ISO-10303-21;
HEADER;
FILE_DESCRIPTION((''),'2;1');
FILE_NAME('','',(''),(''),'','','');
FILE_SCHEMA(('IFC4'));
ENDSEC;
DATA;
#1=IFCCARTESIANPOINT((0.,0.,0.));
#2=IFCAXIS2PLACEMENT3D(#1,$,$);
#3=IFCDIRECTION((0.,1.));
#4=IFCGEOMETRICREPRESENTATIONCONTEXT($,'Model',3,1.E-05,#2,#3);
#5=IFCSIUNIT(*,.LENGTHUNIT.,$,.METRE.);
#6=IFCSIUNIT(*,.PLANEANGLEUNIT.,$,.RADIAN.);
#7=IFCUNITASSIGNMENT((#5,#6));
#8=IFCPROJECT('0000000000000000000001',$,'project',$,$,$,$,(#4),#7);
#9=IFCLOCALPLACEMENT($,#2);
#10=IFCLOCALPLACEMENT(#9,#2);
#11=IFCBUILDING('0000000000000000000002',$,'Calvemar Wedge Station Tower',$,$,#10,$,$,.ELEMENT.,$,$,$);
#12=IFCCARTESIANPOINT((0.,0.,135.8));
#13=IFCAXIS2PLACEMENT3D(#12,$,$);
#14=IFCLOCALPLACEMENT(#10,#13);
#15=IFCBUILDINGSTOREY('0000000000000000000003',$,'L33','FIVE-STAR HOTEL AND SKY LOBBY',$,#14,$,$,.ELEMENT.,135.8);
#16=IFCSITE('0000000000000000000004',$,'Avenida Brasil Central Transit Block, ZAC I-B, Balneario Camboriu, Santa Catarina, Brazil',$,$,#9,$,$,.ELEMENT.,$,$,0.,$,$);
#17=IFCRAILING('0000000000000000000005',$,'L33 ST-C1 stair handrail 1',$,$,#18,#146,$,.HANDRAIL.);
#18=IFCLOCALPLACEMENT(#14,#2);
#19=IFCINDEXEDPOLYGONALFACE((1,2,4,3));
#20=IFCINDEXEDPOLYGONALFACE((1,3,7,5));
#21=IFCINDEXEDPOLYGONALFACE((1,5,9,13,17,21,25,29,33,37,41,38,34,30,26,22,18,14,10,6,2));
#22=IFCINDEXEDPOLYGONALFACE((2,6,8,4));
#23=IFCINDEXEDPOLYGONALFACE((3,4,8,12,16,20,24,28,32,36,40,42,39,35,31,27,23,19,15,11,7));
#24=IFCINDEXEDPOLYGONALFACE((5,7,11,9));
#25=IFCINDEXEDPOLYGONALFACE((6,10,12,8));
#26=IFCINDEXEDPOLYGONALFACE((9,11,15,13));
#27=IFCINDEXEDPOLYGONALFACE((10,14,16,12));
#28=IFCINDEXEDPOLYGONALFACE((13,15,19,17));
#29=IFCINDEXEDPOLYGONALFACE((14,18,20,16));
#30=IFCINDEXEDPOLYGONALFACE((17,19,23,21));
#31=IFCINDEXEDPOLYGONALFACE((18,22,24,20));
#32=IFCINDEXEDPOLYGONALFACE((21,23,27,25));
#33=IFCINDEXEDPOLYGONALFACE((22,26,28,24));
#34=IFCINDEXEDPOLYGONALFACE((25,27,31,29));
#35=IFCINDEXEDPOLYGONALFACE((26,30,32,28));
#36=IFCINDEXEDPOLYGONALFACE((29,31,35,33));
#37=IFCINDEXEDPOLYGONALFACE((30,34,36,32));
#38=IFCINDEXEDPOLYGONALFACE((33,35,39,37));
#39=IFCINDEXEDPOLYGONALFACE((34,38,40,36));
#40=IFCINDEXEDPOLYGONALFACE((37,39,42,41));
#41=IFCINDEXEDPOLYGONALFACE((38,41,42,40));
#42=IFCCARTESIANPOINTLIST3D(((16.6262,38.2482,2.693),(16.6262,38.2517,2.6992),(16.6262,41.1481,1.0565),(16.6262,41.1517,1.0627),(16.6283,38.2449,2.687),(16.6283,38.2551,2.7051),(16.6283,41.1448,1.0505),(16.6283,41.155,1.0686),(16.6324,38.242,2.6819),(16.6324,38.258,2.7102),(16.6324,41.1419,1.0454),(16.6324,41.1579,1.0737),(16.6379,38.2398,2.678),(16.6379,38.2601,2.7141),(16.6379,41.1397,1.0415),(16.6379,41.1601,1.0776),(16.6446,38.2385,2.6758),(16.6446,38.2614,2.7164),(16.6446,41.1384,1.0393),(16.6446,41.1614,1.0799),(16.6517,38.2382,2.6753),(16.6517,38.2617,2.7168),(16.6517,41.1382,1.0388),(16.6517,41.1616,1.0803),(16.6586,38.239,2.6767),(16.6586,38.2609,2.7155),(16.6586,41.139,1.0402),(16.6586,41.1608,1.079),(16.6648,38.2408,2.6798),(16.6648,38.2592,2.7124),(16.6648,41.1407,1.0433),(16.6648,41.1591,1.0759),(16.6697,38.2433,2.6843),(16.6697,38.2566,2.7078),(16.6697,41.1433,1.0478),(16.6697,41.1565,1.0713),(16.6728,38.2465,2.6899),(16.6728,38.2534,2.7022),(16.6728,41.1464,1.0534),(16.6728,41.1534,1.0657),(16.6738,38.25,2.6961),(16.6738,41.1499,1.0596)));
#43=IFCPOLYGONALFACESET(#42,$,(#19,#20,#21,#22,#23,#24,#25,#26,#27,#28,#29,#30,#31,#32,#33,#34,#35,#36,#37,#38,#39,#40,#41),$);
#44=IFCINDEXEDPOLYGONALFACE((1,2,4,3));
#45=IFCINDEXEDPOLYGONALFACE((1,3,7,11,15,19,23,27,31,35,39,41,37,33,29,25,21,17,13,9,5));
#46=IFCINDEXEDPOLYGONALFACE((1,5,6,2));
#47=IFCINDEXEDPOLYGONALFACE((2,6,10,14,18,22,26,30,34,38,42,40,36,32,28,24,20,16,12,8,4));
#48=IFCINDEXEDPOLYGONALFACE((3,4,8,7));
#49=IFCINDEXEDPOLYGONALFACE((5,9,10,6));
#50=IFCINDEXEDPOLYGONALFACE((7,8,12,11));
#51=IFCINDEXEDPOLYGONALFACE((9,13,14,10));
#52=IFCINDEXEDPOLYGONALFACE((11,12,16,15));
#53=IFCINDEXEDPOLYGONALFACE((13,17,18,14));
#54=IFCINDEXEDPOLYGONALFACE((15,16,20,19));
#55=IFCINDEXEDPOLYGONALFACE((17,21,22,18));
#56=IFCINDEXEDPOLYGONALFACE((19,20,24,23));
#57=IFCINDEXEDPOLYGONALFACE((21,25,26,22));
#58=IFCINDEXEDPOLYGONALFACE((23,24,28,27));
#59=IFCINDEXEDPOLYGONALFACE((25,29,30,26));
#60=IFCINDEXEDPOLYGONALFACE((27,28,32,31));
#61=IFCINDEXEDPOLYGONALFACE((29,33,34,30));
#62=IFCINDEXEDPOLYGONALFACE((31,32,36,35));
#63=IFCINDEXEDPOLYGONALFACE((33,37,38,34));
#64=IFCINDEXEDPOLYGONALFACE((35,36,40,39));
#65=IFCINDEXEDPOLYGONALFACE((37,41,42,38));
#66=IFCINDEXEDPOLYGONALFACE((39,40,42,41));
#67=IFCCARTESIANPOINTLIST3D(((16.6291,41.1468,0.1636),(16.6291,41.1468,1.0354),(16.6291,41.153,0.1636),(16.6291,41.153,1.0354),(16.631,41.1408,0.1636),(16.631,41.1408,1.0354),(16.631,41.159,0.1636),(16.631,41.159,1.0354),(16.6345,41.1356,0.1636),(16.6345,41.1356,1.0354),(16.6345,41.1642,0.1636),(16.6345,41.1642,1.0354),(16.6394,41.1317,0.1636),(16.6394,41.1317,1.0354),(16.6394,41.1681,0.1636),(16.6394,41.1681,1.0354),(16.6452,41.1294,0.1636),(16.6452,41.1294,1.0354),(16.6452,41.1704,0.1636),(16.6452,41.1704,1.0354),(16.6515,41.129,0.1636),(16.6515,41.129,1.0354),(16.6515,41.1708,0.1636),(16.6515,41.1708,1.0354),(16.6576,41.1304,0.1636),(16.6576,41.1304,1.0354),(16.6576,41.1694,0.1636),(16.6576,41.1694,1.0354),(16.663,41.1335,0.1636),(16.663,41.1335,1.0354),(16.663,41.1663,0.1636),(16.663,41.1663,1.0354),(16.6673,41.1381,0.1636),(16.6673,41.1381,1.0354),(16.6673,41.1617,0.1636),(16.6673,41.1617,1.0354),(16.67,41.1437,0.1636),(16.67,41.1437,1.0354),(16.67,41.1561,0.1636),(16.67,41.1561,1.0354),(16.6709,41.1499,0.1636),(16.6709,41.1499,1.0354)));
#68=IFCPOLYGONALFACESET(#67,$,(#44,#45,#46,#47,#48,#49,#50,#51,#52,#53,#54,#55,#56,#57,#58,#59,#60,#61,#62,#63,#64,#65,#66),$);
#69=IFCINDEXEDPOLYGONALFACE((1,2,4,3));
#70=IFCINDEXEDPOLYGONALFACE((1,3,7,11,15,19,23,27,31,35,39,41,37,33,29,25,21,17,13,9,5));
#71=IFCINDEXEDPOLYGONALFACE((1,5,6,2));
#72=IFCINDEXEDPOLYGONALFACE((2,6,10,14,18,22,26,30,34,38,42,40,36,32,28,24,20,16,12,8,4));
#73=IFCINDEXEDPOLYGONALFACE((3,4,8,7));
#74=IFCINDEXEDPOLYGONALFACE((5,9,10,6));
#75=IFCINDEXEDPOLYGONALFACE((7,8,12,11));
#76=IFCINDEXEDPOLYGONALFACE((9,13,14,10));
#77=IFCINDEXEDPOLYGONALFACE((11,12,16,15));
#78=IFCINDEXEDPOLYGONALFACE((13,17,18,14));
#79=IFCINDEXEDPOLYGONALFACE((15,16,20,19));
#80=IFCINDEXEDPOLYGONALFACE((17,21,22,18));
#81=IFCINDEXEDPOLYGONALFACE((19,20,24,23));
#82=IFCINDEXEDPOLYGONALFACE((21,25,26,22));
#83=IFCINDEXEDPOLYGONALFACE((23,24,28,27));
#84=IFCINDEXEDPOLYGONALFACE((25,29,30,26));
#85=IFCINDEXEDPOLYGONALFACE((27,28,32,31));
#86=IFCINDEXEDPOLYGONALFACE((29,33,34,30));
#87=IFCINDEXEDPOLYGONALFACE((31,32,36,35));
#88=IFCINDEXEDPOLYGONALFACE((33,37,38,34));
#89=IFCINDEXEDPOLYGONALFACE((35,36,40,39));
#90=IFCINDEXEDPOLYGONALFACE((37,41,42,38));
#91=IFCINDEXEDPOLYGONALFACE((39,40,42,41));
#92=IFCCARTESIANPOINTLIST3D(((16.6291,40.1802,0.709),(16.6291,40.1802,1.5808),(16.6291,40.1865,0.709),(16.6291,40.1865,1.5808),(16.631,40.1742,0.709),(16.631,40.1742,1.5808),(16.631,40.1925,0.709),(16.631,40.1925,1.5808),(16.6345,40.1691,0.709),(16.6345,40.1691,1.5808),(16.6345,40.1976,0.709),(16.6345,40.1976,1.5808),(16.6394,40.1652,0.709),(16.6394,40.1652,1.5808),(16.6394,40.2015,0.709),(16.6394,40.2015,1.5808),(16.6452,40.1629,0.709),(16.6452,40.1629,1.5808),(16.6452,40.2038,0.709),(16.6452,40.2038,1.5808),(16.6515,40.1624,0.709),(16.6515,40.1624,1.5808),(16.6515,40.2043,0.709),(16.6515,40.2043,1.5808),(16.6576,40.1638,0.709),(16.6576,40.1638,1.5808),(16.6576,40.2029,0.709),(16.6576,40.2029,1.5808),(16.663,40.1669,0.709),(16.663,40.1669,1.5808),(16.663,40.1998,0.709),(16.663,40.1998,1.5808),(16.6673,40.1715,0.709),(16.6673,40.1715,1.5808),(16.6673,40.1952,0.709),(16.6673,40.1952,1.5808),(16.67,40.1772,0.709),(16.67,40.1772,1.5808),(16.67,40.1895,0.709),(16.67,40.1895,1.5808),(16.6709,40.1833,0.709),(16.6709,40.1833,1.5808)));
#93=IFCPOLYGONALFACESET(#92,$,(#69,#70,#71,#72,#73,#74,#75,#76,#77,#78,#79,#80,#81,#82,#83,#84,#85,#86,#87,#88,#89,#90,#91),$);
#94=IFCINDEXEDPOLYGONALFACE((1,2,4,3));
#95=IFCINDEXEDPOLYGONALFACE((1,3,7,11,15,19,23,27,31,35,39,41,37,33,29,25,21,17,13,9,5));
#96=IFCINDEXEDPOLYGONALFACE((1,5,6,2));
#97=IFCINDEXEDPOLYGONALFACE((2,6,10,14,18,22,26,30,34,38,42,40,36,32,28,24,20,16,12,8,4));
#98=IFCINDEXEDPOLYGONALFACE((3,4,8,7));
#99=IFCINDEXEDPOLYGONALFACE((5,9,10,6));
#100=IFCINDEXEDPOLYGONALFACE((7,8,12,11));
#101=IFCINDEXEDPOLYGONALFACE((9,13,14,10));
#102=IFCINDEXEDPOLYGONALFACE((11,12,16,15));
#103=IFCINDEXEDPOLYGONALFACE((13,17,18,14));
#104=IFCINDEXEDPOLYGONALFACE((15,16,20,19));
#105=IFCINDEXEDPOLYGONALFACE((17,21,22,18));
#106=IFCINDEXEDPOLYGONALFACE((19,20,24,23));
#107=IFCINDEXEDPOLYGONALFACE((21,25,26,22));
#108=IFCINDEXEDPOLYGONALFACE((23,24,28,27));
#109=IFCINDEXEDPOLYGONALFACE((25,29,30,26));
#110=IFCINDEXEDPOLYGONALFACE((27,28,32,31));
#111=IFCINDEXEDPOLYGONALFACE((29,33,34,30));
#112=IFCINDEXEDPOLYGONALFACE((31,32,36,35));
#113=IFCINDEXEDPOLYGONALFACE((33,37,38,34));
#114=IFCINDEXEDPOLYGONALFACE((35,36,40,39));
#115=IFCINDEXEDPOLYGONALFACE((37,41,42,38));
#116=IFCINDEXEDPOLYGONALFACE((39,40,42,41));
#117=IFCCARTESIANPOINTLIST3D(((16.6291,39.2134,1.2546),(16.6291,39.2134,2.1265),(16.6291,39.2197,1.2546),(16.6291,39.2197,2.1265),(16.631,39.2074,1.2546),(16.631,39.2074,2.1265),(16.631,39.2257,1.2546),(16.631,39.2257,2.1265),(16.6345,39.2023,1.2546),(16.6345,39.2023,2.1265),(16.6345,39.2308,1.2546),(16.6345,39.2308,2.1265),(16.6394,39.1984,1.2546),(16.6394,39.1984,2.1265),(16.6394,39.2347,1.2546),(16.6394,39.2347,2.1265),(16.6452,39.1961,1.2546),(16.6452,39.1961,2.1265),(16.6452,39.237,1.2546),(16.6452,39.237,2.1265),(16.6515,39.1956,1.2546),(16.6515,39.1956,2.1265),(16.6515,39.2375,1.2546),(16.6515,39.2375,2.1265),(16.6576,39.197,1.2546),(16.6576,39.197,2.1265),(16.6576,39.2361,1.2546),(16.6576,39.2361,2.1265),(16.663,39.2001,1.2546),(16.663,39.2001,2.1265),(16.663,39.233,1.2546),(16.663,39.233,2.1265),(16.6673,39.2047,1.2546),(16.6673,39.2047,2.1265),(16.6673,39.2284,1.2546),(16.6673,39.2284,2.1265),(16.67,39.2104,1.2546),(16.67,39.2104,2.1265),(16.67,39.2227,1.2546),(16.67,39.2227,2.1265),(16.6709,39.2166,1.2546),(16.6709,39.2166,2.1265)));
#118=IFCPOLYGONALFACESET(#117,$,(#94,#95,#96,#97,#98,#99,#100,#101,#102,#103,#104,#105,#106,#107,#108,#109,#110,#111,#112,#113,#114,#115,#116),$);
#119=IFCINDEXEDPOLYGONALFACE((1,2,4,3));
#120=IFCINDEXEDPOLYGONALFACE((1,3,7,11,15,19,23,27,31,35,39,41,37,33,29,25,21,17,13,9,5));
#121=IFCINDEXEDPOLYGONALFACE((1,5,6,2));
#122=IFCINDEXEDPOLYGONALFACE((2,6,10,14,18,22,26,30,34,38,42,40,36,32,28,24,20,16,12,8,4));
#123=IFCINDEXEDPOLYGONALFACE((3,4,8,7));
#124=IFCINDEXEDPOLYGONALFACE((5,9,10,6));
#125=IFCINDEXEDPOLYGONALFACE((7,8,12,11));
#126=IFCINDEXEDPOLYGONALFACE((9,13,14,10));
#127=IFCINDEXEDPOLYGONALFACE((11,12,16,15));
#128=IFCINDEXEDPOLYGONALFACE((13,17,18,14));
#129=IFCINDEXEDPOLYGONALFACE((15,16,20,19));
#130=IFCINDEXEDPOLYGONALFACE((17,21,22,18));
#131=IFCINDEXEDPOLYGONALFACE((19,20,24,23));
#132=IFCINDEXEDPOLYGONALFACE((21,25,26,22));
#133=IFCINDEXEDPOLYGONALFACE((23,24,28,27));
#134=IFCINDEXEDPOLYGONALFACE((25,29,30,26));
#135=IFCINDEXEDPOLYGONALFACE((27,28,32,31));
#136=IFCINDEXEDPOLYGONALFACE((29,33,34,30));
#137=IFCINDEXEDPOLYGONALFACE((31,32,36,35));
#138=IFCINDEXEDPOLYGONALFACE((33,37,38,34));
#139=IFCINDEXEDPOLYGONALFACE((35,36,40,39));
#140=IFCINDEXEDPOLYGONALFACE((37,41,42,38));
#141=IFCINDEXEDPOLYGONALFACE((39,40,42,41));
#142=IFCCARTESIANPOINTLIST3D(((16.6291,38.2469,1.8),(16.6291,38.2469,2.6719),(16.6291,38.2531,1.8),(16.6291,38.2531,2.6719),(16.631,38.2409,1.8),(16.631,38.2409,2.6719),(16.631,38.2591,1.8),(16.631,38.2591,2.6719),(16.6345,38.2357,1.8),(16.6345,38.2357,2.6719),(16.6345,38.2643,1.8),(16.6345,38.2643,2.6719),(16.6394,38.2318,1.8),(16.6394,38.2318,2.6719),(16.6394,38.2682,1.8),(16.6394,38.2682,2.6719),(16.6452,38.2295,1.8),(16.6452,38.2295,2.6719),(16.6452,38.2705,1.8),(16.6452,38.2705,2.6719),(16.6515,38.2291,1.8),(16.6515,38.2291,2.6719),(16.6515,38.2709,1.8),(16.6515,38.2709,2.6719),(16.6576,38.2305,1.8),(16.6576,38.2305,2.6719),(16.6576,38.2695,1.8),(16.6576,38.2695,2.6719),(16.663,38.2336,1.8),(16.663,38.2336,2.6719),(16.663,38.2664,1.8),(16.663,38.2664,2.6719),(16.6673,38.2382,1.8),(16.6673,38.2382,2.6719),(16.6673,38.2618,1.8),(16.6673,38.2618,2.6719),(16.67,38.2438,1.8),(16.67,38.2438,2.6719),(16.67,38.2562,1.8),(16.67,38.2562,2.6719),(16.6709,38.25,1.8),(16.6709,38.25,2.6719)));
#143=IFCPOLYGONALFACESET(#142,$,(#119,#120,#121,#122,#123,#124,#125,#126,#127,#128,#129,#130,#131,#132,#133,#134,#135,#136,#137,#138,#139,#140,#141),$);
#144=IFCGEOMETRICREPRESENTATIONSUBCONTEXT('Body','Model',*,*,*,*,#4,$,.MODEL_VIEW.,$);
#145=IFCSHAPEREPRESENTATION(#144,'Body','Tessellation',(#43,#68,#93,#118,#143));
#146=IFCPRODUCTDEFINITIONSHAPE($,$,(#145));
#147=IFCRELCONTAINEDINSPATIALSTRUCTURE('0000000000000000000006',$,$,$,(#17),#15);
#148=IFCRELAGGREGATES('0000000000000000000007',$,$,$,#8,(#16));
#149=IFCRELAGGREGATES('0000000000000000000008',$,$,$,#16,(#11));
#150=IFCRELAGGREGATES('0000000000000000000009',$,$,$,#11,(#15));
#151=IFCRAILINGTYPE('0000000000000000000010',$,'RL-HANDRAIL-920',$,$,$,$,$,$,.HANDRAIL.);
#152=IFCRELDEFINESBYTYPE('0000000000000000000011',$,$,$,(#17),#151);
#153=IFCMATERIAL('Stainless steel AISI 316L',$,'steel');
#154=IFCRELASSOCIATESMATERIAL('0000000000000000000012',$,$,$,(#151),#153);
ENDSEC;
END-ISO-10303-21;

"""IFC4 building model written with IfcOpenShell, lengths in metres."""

from ifc_helpers import new_model, si_unit, direction, frame, origin, origin_2d, place, context, subcontext, project, spatial, circle, extrude, material, type_object, element, save


model = new_model("IFC4")

# Units and contexts
model_context = context("Model", 3, precision=1e-05, world=origin(), true_north=direction((0.0, 1.0)))
body_context = subcontext(model_context, "Body", "Model", "MODEL_VIEW")
ifc_project = project(units=[si_unit("LENGTHUNIT", "METRE"), si_unit("PLANEANGLEUNIT", "RADIAN")], contexts=[model_context])

# Site, building, storey
site_placement = place(None, origin())
site = spatial("IfcSite", under=ifc_project, at=site_placement, Name="Avenida Brasil Central Transit Block, ZAC I-B, Balneario Camboriu, Santa Catarina, Brazil", CompositionType="ELEMENT", RefElevation=0.0)
building_placement = place(site_placement, origin())
building = spatial("IfcBuilding", under=site, at=building_placement, Name="Calvemar Wedge Station Tower", CompositionType="ELEMENT")
storey_placement = place(building_placement, frame((0.0, 0.0, 135.8)))
storey = spatial("IfcBuildingStorey", under=building, at=storey_placement, Name="L33", Description="FIVE-STAR HOTEL AND SKY LOBBY", CompositionType="ELEMENT", Elevation=135.8)

# Railing
ifc_material_1 = material(Name="Stainless steel AISI 316L", Category="steel")
railing_type_1 = type_object("IfcRailingType", Name="RL-HANDRAIL-920", PredefinedType="HANDRAIL", material=ifc_material_1)
railing_1_placement = place(storey_placement, frame((16.6499, 41.1499, 0.1636)))
element("IfcRailing", 1, at=railing_1_placement, inside=storey, type_object=railing_type_1, Name="L33 ST-C1 stair handrail 1", PredefinedType="HANDRAIL", context=body_context, shape_type="SweptSolid", body=[
    extrude(circle(Radius=0.0239, at=origin_2d()), frame((0.0, 0.0, 0.896), z_axis=(0.0, -0.870897, 0.491465), x_axis=(1.0, 0.0, 0.0)), (0.0, 0.0, 1.0), 3.3298),
    extrude(circle(Radius=0.021, at=origin_2d()), origin(), (0.0, 0.0, 1.0), 0.8718),
    extrude(circle(Radius=0.021, at=origin_2d()), frame((0.0, -0.9666, 0.5454)), (0.0, 0.0, 1.0), 0.8718),
    extrude(circle(Radius=0.021, at=origin_2d()), frame((0.0, -1.9333, 1.0911)), (0.0, 0.0, 1.0), 0.8718),
    extrude(circle(Radius=0.021, at=origin_2d()), frame((0.0, -2.8999, 1.6365)), (0.0, 0.0, 1.0), 0.8718),
])

save(model, "model.ifc")
